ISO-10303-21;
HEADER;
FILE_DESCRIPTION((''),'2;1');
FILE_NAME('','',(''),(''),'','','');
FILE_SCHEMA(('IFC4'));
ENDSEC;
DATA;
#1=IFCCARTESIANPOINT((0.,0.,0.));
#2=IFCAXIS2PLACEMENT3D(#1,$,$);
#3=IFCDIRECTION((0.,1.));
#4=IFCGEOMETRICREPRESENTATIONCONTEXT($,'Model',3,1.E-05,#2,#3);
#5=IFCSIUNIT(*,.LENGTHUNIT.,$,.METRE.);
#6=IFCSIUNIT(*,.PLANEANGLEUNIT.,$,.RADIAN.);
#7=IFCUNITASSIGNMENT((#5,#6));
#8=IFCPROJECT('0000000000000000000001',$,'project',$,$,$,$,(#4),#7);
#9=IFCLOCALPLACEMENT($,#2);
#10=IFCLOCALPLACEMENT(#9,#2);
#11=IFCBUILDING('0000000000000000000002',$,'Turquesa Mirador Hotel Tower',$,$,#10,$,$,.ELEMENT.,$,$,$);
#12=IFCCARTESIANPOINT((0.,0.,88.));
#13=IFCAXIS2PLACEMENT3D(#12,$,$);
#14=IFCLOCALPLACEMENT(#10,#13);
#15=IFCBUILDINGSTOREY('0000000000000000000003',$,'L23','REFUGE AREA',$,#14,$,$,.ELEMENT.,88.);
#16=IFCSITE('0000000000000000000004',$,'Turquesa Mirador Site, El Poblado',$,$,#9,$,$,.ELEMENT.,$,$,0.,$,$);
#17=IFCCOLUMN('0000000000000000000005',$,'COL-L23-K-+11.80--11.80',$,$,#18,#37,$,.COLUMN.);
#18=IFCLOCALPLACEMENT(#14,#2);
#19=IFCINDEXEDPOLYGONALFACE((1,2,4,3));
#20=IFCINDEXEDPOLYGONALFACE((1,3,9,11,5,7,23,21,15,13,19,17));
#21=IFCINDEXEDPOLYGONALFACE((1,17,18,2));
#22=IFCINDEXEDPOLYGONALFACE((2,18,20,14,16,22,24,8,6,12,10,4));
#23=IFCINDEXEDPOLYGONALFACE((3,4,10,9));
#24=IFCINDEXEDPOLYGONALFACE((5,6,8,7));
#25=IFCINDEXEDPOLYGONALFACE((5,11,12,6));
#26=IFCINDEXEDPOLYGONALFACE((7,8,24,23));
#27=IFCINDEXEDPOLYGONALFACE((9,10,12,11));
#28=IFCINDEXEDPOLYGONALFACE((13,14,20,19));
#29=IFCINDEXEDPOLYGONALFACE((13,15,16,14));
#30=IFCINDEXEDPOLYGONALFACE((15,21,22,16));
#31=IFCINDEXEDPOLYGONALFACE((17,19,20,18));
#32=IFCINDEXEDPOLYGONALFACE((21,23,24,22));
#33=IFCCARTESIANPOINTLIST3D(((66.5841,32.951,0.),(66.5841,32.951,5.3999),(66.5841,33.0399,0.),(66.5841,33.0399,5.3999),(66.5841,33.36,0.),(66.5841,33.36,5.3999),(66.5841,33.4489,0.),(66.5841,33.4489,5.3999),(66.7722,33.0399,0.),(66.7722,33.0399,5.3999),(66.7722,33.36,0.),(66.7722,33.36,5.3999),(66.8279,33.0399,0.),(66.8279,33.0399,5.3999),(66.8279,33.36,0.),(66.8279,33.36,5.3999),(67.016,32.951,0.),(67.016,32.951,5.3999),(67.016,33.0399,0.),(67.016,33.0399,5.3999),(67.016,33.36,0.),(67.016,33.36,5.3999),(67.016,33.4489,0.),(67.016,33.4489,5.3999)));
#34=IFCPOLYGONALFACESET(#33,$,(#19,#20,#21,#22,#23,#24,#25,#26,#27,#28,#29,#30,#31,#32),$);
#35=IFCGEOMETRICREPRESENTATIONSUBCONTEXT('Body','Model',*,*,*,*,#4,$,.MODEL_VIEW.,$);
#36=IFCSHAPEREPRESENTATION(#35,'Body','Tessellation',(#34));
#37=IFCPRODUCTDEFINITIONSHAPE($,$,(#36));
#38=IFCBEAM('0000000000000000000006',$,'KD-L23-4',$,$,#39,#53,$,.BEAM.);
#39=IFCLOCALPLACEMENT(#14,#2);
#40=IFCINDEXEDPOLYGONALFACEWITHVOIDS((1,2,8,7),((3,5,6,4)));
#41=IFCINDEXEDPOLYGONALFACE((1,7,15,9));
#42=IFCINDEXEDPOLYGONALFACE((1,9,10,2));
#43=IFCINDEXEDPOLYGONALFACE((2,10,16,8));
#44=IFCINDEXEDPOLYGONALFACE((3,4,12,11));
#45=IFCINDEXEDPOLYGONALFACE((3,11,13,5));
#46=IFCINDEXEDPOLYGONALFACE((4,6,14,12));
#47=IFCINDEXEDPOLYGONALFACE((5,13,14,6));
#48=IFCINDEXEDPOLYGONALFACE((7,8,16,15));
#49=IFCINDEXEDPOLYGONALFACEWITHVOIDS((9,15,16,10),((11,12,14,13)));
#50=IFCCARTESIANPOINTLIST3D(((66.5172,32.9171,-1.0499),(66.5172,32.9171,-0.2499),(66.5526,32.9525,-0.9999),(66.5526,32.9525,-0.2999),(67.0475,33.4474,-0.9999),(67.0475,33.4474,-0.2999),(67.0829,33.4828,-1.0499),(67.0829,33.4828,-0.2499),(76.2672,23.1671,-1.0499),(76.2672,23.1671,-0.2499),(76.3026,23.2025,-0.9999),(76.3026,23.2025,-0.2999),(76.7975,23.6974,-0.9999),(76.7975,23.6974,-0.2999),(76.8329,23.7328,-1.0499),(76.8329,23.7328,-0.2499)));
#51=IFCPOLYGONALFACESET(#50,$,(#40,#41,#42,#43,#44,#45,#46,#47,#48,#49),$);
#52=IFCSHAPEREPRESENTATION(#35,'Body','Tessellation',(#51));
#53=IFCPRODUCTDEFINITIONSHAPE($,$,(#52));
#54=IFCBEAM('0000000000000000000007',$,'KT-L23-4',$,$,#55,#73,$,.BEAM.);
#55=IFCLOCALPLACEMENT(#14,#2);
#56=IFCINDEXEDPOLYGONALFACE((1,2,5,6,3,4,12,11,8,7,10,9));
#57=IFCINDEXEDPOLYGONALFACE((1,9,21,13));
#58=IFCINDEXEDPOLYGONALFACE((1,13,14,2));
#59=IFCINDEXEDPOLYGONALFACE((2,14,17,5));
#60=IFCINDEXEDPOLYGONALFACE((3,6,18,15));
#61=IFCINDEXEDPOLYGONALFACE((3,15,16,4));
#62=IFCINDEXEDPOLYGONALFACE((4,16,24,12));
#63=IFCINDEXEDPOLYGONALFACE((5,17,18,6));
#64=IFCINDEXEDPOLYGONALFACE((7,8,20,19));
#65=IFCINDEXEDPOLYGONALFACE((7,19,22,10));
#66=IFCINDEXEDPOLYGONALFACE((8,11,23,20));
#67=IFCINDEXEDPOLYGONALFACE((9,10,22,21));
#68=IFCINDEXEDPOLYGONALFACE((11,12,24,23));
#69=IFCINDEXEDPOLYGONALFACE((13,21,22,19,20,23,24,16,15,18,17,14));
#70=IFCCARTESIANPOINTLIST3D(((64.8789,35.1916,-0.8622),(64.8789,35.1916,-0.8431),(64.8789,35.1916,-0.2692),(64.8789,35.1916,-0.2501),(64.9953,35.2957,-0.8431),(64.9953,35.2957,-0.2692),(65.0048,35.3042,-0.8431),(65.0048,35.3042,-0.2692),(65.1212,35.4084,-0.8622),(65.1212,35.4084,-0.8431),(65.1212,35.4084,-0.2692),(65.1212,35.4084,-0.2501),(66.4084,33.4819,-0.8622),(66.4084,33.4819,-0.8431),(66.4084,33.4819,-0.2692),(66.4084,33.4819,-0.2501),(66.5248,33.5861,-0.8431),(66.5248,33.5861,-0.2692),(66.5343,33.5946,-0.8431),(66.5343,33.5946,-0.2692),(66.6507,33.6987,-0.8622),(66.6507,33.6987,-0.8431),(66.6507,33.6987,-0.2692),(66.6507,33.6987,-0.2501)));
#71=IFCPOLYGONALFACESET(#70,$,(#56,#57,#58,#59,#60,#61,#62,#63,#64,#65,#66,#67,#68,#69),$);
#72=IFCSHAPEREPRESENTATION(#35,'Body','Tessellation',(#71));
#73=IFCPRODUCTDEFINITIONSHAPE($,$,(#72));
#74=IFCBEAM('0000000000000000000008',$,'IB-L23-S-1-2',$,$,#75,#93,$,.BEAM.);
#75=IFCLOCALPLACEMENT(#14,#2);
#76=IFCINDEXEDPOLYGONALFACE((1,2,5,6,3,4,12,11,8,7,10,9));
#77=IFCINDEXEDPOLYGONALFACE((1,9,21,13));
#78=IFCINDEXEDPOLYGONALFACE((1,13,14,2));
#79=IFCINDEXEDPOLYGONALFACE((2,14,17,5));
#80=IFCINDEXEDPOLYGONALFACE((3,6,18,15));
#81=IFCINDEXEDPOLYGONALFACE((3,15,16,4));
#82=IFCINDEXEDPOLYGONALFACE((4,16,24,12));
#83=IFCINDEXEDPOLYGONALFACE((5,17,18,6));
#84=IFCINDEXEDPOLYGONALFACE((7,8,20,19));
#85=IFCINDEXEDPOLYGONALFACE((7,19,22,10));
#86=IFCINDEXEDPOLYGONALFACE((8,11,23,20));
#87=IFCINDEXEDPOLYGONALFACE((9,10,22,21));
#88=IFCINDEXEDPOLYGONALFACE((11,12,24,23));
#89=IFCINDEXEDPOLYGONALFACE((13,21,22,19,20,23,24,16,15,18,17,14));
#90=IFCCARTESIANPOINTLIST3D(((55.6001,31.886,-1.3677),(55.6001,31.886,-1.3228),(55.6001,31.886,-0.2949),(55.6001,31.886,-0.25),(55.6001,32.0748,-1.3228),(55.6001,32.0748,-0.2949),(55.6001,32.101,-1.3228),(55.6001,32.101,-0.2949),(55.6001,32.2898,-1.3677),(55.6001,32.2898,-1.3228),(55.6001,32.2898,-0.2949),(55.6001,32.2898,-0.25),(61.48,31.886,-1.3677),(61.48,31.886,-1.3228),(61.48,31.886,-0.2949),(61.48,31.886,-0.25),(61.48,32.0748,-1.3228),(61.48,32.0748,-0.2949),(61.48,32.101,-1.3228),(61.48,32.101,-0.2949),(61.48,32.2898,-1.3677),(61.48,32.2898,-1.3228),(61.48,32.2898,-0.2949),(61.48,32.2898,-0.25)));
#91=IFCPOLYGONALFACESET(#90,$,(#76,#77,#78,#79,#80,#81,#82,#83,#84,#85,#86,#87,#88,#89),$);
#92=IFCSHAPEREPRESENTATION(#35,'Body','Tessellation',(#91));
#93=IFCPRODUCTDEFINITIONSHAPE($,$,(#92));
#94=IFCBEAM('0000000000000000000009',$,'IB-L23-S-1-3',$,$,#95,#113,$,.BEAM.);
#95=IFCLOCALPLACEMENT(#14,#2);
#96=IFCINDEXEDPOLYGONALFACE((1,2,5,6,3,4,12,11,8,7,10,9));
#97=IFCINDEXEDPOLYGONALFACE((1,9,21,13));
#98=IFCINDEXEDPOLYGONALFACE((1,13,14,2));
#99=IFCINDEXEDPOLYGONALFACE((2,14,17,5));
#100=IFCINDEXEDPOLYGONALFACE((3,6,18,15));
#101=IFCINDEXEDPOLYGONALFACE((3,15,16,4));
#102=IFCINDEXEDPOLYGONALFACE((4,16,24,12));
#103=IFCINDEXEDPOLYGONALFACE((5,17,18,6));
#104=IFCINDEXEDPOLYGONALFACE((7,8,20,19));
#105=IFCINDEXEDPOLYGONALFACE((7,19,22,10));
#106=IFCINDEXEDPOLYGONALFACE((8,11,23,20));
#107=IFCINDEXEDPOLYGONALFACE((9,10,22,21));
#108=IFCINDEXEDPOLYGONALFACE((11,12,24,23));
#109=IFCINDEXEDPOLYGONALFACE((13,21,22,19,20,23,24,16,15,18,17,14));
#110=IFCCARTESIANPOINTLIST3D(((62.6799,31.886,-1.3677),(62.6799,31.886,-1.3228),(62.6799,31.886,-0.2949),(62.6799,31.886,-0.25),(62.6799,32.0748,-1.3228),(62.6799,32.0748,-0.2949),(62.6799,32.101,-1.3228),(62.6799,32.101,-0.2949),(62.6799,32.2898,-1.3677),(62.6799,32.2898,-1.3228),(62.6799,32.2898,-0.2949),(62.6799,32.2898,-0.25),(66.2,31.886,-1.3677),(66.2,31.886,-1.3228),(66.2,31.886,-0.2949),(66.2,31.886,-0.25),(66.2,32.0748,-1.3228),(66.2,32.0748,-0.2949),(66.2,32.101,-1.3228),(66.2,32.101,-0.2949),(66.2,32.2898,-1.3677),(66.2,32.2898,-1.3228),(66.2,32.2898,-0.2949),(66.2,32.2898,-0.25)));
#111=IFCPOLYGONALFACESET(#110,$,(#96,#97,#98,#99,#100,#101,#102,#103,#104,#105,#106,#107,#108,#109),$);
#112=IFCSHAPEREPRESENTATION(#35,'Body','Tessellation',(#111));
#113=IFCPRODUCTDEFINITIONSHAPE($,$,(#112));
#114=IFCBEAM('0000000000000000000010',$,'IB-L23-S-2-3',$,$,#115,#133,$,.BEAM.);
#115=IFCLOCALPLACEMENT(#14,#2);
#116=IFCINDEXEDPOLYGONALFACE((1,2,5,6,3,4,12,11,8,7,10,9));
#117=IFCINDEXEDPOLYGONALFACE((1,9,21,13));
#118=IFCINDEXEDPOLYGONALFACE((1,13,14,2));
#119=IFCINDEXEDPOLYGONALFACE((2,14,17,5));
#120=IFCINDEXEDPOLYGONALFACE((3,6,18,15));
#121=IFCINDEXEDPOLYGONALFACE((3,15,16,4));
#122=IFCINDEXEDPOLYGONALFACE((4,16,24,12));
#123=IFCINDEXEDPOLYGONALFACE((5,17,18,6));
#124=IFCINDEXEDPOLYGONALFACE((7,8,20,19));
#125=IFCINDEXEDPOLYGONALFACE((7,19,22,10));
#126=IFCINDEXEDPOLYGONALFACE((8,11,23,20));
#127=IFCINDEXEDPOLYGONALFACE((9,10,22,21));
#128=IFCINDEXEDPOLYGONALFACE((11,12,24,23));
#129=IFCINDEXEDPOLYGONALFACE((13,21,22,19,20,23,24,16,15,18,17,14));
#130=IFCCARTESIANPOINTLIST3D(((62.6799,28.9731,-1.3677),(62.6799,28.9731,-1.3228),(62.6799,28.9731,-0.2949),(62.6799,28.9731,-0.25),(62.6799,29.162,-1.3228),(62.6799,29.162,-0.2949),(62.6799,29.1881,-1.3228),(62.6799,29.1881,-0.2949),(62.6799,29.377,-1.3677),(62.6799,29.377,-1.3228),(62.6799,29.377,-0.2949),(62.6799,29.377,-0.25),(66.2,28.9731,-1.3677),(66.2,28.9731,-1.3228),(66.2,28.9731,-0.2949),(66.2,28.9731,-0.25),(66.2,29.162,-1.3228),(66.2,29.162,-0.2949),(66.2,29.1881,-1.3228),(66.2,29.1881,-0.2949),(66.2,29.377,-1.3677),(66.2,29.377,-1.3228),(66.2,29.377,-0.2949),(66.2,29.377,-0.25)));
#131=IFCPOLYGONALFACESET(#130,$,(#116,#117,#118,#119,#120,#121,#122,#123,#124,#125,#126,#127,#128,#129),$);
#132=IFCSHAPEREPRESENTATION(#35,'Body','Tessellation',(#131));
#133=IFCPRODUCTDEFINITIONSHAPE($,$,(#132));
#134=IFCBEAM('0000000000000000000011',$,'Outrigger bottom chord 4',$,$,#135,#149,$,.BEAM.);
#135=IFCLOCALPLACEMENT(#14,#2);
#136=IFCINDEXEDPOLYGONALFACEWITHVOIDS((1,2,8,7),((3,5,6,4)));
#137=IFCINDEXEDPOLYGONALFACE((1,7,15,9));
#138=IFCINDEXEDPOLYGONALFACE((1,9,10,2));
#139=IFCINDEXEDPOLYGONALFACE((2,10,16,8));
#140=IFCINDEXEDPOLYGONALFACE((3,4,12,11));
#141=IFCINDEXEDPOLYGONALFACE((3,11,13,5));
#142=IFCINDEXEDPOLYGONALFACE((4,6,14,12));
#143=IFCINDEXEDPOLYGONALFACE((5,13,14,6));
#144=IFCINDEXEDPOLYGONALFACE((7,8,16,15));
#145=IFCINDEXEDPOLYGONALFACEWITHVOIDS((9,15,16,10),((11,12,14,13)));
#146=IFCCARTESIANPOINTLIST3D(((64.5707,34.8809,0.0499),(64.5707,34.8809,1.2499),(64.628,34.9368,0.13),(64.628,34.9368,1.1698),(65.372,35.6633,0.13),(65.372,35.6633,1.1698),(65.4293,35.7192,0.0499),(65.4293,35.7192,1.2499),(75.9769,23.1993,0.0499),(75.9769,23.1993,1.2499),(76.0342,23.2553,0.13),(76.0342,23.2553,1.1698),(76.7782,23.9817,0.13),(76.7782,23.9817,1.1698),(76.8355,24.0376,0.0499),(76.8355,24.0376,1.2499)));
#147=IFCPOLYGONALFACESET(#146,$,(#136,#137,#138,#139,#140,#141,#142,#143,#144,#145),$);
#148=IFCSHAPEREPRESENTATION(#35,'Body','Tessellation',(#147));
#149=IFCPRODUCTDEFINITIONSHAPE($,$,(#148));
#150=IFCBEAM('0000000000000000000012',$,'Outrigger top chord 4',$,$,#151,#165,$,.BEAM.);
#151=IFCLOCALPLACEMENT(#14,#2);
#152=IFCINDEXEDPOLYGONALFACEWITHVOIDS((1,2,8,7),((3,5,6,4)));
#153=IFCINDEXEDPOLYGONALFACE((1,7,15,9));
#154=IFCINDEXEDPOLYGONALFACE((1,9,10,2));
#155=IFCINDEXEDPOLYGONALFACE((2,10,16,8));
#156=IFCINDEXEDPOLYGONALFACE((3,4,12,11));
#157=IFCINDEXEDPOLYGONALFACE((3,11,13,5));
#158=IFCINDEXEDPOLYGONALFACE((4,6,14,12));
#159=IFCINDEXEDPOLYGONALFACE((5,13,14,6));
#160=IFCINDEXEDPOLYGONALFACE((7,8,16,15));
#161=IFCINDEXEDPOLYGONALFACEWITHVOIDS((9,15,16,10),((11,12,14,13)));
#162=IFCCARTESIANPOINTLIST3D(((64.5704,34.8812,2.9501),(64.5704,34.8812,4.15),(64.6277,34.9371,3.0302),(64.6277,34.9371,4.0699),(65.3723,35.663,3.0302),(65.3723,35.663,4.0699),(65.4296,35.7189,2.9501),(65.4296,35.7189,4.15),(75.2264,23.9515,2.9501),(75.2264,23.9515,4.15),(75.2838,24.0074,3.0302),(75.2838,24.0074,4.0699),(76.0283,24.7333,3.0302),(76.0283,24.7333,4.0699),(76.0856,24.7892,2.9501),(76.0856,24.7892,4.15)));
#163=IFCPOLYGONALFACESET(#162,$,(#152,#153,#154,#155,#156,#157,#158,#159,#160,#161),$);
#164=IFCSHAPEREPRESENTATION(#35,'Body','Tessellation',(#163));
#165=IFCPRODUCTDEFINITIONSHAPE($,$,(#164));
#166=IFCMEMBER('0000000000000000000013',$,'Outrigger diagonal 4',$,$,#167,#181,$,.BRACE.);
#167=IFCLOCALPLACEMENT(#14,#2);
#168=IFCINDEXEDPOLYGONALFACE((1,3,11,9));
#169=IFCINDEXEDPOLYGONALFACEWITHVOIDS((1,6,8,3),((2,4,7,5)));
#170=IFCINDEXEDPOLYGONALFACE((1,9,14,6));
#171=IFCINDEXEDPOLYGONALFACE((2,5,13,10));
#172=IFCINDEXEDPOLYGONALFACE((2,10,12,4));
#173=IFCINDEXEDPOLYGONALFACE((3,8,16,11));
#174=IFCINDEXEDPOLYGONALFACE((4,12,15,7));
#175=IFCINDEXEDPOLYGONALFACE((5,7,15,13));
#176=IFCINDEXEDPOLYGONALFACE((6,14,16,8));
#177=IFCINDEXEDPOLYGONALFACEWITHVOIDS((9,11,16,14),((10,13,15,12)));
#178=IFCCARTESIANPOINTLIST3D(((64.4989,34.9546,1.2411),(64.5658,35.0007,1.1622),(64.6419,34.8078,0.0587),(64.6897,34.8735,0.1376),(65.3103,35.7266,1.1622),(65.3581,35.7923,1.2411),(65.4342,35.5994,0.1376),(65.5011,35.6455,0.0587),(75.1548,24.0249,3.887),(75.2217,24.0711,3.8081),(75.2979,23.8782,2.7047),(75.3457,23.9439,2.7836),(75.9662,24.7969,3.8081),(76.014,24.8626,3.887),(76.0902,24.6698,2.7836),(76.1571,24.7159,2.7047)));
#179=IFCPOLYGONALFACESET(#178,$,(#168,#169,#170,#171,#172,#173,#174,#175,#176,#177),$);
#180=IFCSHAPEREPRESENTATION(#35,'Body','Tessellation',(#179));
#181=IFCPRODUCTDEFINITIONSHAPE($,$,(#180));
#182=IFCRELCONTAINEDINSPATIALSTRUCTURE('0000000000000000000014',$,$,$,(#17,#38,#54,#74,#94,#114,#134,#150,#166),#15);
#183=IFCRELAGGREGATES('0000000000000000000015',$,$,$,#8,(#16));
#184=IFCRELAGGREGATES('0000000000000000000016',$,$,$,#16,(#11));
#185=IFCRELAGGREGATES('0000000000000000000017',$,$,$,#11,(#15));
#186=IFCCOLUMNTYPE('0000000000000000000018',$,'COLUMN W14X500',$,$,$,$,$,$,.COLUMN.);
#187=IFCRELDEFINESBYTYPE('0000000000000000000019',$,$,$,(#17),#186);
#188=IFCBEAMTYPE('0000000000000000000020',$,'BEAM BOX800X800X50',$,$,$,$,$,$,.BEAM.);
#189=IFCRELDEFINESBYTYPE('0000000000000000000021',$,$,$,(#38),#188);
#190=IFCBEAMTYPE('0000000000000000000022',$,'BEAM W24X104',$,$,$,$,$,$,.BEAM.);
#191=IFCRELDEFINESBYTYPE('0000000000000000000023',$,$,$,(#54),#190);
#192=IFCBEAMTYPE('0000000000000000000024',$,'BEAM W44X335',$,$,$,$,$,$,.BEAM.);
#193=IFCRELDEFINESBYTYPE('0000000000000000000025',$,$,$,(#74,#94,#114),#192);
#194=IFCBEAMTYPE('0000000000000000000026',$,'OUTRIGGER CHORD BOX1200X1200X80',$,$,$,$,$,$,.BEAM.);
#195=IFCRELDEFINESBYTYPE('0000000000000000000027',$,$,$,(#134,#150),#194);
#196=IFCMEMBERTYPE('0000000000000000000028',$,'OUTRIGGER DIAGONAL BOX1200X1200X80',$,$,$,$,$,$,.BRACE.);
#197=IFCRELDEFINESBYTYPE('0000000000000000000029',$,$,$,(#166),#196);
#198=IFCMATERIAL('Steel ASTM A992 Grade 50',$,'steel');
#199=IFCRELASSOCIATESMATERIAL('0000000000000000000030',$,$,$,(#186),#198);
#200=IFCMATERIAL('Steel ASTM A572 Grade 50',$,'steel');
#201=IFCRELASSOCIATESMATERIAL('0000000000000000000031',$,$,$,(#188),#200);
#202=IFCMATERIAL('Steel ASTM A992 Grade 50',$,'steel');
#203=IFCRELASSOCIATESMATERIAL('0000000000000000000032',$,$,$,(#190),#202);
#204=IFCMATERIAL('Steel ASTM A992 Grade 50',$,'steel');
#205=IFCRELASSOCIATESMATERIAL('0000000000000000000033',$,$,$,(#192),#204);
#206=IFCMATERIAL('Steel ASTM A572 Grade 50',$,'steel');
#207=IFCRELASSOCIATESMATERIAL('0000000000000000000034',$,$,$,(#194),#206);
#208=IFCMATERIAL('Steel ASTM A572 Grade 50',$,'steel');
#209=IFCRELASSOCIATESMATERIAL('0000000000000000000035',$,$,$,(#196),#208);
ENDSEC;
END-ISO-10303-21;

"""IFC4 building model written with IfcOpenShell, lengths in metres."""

from ifc_helpers import new_model, si_unit, direction, frame, origin, origin_2d, place, context, subcontext, project, spatial, hollow_rectangle, i_section, extrude, material, material_profile, profile_set, type_object, element, save


model = new_model("IFC4")

# Units and contexts
model_context = context("Model", 3, precision=1e-05, world=origin(), true_north=direction((0.0, 1.0)))
body_context = subcontext(model_context, "Body", "Model", "MODEL_VIEW")
ifc_project = project(units=[si_unit("LENGTHUNIT", "METRE"), si_unit("PLANEANGLEUNIT", "RADIAN")], contexts=[model_context])

# Site, building, storey
site_placement = place(None, origin())
site = spatial("IfcSite", under=ifc_project, at=site_placement, Name="Turquesa Mirador Site, El Poblado", CompositionType="ELEMENT", RefElevation=0.0)
building_placement = place(site_placement, origin())
building = spatial("IfcBuilding", under=site, at=building_placement, Name="Turquesa Mirador Hotel Tower", CompositionType="ELEMENT")
storey_placement = place(building_placement, frame((0.0, 0.0, 88.0)))
storey = spatial("IfcBuildingStorey", under=building, at=storey_placement, Name="L23", Description="REFUGE AREA", CompositionType="ELEMENT", Elevation=88.0)

# Column
ifc_material_1 = material(Name="Steel ASTM A992 Grade 50", Category="steel")
ifc_material_profile_1 = material_profile(ifc_material_1, i_section(OverallWidth=0.4319, OverallDepth=0.4978, WebThickness=0.0557, FlangeThickness=0.0889, at=origin_2d()), Name="W14X500")
ifc_profile_set_1 = profile_set([ifc_material_profile_1], Name="Steel ASTM A992 Grade 50")
column_type = type_object("IfcColumnType", Name="COLUMN W14X500", PredefinedType="COLUMN", material=ifc_profile_set_1)
column_placement = place(storey_placement, frame((66.8, 33.2, 0.0), z_axis=(0.0, 0.0, 1.0), x_axis=(1.0, 0.0, 0.0)))
element("IfcColumn", 1, at=column_placement, inside=storey, type_object=column_type, Name="COL-L23-K-+11.80--11.80", PredefinedType="COLUMN", context=body_context, shape_type="SweptSolid", body=[
    extrude(i_section(OverallWidth=0.4319, OverallDepth=0.4978, WebThickness=0.0557, FlangeThickness=0.0889, at=origin_2d()), origin(), (0.0, 0.0, 1.0), 5.3999),
])

# Beams
ifc_material_2 = material(Name="Steel ASTM A572 Grade 50", Category="steel")
ifc_material_profile_2 = material_profile(ifc_material_2, hollow_rectangle(XDim=0.8, YDim=0.8, WallThickness=0.05, at=origin_2d()), Name="BOX800X800X50")
ifc_profile_set_2 = profile_set([ifc_material_profile_2], Name="Steel ASTM A572 Grade 50")
beam_type_1 = type_object("IfcBeamType", Name="BEAM BOX800X800X50", PredefinedType="BEAM", material=ifc_profile_set_2)
beam_1_placement = place(storey_placement, frame((66.8, 33.2, -0.6499), z_axis=(0.707107, -0.707107, 0.0), x_axis=(0.707107, 0.707107, 0.0)))
element("IfcBeam", 2, at=beam_1_placement, inside=storey, type_object=beam_type_1, Name="KD-L23-4", PredefinedType="BEAM", context=body_context, shape_type="SweptSolid", body=[
    extrude(hollow_rectangle(XDim=0.8, YDim=0.8, WallThickness=0.05, at=origin_2d()), origin(), (0.0, 0.0, 1.0), 13.7886),
])
ifc_material_3 = material(Name="Steel ASTM A992 Grade 50", Category="steel")
ifc_material_profile_3 = material_profile(ifc_material_3, i_section(OverallWidth=0.3252, OverallDepth=0.6121, WebThickness=0.0127, FlangeThickness=0.019, at=origin_2d()), Name="W24X104")
ifc_profile_set_3 = profile_set([ifc_material_profile_3], Name="Steel ASTM A992 Grade 50")
beam_type_2 = type_object("IfcBeamType", Name="BEAM W24X104", PredefinedType="BEAM", material=ifc_profile_set_3)
beam_2_placement = place(storey_placement, frame((66.5295, 33.5903, -0.5562), z_axis=(-0.666745, 0.745286, 0.0), x_axis=(-0.745286, -0.666745, 0.0)))
element("IfcBeam", 3, at=beam_2_placement, inside=storey, type_object=beam_type_2, Name="KT-L23-4", PredefinedType="BEAM", context=body_context, shape_type="SweptSolid", body=[
    extrude(i_section(OverallWidth=0.3252, OverallDepth=0.6121, WebThickness=0.0127, FlangeThickness=0.019, at=origin_2d()), origin(), (0.0, 0.0, 1.0), 2.2939),
])
ifc_material_4 = material(Name="Steel ASTM A992 Grade 50", Category="steel")
ifc_material_profile_4 = material_profile(ifc_material_4, i_section(OverallWidth=0.4038, OverallDepth=1.1177, WebThickness=0.0261, FlangeThickness=0.0449, at=origin_2d()), Name="W44X335")
ifc_profile_set_4 = profile_set([ifc_material_profile_4], Name="Steel ASTM A992 Grade 50")
beam_type_3 = type_object("IfcBeamType", Name="BEAM W44X335", PredefinedType="BEAM", material=ifc_profile_set_4)
beam_3_placement = place(storey_placement, frame((55.6001, 32.0879, -0.8088), z_axis=(1.0, 0.0, 0.0), x_axis=(0.0, 1.0, 0.0)))
element("IfcBeam", 4, at=beam_3_placement, inside=storey, type_object=beam_type_3, Name="IB-L23-S-1-2", PredefinedType="BEAM", context=body_context, shape_type="SweptSolid", body=[
    extrude(i_section(OverallWidth=0.4038, OverallDepth=1.1177, WebThickness=0.0261, FlangeThickness=0.0449, at=origin_2d()), origin(), (0.0, 0.0, 1.0), 5.8799),
])
for number, where, z_axis, x_axis, name in (
    (5, (62.6799, 32.0879, -0.8088), (1.0, 0.0, 0.0), (0.0, 1.0, 0.0), "IB-L23-S-1-3"),
    (6, (62.6799, 29.175, -0.8088), (1.0, 0.0, 0.0), (0.0, 1.0, 0.0), "IB-L23-S-2-3"),
):
    element("IfcBeam", number, at=place(storey_placement, frame(where, z_axis=z_axis, x_axis=x_axis)), inside=storey, type_object=beam_type_3, Name=name, PredefinedType="BEAM", context=body_context, shape_type="SweptSolid", body=[
        extrude(i_section(OverallWidth=0.4038, OverallDepth=1.1177, WebThickness=0.0261, FlangeThickness=0.0449, at=origin_2d()), origin(), (0.0, 0.0, 1.0), 3.52),
    ])
ifc_material_5 = material(Name="Steel ASTM A572 Grade 50", Category="steel")
ifc_material_profile_5 = material_profile(ifc_material_5, hollow_rectangle(XDim=1.2, YDim=1.2, WallThickness=0.0801, at=origin_2d()), Name="BOX1200X1200X80")
ifc_profile_set_5 = profile_set([ifc_material_profile_5], Name="Steel ASTM A572 Grade 50")
beam_type_4 = type_object("IfcBeamType", Name="OUTRIGGER CHORD BOX1200X1200X80", PredefinedType="BEAM", material=ifc_profile_set_5)
beam_4_placement = place(storey_placement, frame((65.0, 35.3, 0.6499), z_axis=(0.698623, -0.71549, 0.0), x_axis=(0.71549, 0.698623, 0.0)))
element("IfcBeam", 7, at=beam_4_placement, inside=storey, type_object=beam_type_4, Name="Outrigger bottom chord 4", PredefinedType="BEAM", context=body_context, shape_type="SweptSolid", body=[
    extrude(hollow_rectangle(XDim=1.2, YDim=1.2, WallThickness=0.0801, at=origin_2d()), origin(), (0.0, 0.0, 1.0), 16.3267),
])
beam_5_placement = place(storey_placement, frame((65.0, 35.3, 3.55), z_axis=(0.698085, -0.716015, 0.0), x_axis=(0.716015, 0.698085, 0.0)))
element("IfcBeam", 8, at=beam_5_placement, inside=storey, type_object=beam_type_4, Name="Outrigger top chord 4", PredefinedType="BEAM", context=body_context, shape_type="SweptSolid", body=[
    extrude(hollow_rectangle(XDim=1.2, YDim=1.2, WallThickness=0.0801, at=origin_2d()), origin(), (0.0, 0.0, 1.0), 15.2646),
])

# Member
ifc_material_6 = material(Name="Steel ASTM A572 Grade 50", Category="steel")
ifc_material_profile_6 = material_profile(ifc_material_6, hollow_rectangle(XDim=1.2, YDim=1.2, WallThickness=0.0801, at=origin_2d()), Name="BOX1200X1200X80")
ifc_profile_set_6 = profile_set([ifc_material_profile_6], Name="Steel ASTM A572 Grade 50")
member_type = type_object("IfcMemberType", Name="OUTRIGGER DIAGONAL BOX1200X1200X80", PredefinedType="BRACE", material=ifc_profile_set_6)
member_placement = place(storey_placement, frame((65.0, 35.3, 0.6499), z_axis=(0.687828, -0.705494, 0.170795), x_axis=(0.716015, 0.698085, 0.0)))
element("IfcMember", 9, at=member_placement, inside=storey, type_object=member_type, Name="Outrigger diagonal 4", PredefinedType="BRACE", context=body_context, shape_type="SweptSolid", body=[
    extrude(hollow_rectangle(XDim=1.2, YDim=1.2, WallThickness=0.0801, at=origin_2d()), origin(), (0.0, 0.0, 1.0), 15.4922),
])

save(model, "model.ifc")
